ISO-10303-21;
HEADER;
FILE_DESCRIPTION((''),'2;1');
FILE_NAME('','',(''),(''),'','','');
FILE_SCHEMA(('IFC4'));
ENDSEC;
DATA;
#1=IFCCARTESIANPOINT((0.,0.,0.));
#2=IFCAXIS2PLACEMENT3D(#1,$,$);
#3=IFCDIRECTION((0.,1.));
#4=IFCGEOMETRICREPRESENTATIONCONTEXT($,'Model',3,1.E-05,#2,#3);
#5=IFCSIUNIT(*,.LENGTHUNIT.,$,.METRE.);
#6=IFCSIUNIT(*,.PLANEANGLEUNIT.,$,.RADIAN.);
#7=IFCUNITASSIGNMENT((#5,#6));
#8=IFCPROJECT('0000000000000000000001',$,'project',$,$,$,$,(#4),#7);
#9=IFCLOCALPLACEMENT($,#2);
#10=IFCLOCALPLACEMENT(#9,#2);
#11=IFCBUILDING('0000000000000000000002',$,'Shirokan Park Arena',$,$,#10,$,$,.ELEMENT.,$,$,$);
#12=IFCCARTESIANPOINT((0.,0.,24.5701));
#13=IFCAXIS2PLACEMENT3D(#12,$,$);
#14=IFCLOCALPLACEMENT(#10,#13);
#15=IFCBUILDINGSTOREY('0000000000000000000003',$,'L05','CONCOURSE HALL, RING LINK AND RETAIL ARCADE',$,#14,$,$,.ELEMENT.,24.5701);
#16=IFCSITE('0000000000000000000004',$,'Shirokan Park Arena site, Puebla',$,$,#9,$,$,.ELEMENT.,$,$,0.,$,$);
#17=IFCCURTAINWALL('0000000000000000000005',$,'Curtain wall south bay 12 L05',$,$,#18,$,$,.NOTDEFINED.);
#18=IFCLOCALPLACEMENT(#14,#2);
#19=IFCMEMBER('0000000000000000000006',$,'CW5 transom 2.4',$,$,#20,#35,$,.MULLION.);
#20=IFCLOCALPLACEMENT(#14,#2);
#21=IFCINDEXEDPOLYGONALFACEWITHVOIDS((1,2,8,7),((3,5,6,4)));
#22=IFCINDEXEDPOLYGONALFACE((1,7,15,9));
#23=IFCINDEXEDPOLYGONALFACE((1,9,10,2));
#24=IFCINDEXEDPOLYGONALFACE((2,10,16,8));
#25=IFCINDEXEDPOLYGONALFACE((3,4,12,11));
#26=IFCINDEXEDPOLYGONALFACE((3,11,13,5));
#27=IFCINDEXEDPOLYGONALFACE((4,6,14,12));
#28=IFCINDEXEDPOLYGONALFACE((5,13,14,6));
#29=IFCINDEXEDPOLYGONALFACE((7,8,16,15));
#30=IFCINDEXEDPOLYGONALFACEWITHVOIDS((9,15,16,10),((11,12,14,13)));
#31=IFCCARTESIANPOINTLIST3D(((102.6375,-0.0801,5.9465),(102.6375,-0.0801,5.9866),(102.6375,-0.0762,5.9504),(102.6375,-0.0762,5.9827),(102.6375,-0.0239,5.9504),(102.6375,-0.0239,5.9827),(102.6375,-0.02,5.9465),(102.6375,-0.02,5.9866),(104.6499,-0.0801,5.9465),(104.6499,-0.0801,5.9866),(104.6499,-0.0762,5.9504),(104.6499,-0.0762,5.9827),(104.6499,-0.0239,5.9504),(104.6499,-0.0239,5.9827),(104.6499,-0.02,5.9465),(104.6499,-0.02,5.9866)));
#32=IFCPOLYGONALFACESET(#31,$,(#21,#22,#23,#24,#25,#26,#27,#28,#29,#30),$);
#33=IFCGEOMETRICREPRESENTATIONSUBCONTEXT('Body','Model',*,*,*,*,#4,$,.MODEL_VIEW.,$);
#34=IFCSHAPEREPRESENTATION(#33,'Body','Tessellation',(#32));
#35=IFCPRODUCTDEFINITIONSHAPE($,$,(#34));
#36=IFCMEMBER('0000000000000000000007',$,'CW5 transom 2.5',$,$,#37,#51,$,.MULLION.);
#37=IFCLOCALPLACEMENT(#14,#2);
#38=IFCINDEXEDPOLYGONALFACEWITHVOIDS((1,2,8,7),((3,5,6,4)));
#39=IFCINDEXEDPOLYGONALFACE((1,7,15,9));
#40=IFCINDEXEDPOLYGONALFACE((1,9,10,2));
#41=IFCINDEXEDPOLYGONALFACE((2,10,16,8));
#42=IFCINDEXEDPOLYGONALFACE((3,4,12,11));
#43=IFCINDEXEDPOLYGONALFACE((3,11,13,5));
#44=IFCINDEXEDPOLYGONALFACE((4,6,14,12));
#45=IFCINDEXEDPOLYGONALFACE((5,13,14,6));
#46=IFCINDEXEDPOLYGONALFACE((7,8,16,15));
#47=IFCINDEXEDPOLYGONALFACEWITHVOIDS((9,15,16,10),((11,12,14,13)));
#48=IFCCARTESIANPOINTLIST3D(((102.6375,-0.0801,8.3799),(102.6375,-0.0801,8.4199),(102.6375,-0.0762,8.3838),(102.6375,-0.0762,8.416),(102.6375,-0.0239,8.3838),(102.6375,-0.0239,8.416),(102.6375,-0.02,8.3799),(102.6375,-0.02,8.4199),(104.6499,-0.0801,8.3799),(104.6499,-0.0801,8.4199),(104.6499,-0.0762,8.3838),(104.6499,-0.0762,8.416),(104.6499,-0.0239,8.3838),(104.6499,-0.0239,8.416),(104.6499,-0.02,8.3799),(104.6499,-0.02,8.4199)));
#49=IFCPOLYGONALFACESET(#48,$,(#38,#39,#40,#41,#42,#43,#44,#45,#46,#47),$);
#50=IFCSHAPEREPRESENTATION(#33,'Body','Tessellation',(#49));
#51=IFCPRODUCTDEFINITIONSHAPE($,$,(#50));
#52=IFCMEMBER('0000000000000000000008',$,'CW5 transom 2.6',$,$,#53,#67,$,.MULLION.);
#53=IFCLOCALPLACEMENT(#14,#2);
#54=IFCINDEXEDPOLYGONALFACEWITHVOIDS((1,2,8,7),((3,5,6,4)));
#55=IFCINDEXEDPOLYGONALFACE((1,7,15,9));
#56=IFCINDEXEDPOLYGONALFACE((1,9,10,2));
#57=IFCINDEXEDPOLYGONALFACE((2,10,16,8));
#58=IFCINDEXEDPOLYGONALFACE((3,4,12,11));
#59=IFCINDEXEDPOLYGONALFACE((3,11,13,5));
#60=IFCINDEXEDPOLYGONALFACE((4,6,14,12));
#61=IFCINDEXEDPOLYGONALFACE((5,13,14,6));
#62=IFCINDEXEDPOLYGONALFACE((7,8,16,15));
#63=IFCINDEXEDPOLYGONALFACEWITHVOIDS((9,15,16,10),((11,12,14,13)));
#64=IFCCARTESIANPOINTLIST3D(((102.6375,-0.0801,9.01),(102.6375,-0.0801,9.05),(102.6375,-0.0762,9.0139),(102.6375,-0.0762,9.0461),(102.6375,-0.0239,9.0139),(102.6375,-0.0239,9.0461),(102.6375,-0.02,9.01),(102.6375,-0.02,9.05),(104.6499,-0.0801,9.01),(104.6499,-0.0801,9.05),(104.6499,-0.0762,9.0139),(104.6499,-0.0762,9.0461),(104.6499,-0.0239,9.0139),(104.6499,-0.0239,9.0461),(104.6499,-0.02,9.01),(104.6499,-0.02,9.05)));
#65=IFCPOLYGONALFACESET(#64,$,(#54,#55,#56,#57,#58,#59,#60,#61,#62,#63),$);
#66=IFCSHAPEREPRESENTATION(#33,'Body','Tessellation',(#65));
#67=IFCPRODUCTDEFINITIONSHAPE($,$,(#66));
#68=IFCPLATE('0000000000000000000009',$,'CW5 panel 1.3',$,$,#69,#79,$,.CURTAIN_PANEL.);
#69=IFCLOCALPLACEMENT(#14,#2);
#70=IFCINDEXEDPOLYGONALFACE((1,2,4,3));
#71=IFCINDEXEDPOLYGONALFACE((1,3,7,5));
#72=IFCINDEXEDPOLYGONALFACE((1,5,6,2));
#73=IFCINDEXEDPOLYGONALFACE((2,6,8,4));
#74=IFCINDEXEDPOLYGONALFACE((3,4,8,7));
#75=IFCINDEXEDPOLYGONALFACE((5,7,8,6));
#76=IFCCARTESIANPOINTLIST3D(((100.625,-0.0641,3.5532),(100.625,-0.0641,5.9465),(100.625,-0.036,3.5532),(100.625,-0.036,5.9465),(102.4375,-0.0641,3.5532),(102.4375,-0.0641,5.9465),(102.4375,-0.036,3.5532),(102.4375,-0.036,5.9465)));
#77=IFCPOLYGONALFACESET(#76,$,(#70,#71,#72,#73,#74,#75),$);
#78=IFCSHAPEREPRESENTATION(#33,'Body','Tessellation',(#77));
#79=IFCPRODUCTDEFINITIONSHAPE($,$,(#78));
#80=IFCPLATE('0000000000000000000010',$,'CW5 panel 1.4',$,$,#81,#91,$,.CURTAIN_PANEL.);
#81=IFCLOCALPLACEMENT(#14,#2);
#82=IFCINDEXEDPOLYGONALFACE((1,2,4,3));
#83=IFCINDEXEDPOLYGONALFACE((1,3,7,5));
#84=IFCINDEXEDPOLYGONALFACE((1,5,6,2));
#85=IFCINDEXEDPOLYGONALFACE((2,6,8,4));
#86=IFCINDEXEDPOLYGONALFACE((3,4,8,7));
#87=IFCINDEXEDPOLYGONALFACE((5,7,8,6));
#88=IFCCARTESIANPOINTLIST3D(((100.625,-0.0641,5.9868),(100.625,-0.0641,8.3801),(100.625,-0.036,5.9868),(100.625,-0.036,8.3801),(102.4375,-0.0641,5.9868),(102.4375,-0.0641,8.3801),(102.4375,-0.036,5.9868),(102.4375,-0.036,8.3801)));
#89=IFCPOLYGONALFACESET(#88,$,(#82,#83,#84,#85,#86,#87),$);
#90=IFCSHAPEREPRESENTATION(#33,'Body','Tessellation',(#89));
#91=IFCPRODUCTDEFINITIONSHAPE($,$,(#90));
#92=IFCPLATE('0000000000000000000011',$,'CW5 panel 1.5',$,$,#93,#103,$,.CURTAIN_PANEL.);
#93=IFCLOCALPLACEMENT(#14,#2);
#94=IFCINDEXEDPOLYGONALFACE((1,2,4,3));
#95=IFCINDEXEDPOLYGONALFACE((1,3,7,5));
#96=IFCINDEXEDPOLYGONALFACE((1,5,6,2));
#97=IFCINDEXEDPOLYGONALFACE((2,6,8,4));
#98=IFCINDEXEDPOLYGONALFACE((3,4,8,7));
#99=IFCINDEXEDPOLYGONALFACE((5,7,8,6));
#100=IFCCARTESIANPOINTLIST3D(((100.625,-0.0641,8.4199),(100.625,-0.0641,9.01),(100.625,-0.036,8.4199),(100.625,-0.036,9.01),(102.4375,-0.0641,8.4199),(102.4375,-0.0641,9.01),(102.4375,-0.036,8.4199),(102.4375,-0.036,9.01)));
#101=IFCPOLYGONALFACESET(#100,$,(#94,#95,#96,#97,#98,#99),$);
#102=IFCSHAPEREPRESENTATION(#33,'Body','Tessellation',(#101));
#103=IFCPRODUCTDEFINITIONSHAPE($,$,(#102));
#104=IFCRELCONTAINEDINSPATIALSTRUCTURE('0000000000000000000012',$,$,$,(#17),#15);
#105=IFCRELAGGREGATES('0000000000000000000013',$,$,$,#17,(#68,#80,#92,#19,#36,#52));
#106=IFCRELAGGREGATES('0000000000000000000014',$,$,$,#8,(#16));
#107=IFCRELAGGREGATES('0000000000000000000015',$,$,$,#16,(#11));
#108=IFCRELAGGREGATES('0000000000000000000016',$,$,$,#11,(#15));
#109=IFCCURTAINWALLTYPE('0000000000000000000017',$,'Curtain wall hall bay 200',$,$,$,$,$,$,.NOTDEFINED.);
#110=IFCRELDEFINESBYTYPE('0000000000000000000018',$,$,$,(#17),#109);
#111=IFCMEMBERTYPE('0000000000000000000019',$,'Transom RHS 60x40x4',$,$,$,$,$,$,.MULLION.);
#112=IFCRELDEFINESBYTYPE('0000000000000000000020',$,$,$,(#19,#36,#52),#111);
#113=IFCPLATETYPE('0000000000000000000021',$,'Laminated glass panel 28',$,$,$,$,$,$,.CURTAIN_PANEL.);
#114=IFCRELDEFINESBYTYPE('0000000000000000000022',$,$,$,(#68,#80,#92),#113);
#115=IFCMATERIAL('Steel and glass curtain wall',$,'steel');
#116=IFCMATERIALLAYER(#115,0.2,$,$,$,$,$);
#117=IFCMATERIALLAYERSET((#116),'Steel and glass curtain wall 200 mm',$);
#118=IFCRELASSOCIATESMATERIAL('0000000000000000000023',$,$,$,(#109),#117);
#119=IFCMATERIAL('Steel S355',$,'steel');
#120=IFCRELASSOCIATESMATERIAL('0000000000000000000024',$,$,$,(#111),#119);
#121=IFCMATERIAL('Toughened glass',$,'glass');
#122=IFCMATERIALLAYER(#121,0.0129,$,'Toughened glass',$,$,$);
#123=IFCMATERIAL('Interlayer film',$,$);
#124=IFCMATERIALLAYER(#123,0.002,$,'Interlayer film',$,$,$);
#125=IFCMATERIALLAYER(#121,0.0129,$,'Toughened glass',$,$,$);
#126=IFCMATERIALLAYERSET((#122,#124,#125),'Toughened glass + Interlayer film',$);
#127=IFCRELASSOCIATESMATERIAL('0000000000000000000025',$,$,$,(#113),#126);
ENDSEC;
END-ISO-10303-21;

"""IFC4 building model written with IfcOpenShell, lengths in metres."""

from ifc_helpers import new_model, si_unit, direction, frame, origin, origin_2d, place, context, subcontext, project, spatial, rectangle, hollow_rectangle, extrude, material, layer, layer_set, material_profile, profile_set, type_object, element, aggregate, save


model = new_model("IFC4")

# Units and contexts
model_context = context("Model", 3, precision=1e-05, world=origin(), true_north=direction((0.0, 1.0)))
body_context = subcontext(model_context, "Body", "Model", "MODEL_VIEW")
ifc_project = project(units=[si_unit("LENGTHUNIT", "METRE"), si_unit("PLANEANGLEUNIT", "RADIAN")], contexts=[model_context])

# Site, building, storey
site_placement = place(None, origin())
site = spatial("IfcSite", under=ifc_project, at=site_placement, Name="Shirokan Park Arena site, Puebla", CompositionType="ELEMENT", RefElevation=0.0)
building_placement = place(site_placement, origin())
building = spatial("IfcBuilding", under=site, at=building_placement, Name="Shirokan Park Arena", CompositionType="ELEMENT")
storey_placement = place(building_placement, frame((0.0, 0.0, 24.5701)))
storey = spatial("IfcBuildingStorey", under=building, at=storey_placement, Name="L05", Description="CONCOURSE HALL, RING LINK AND RETAIL ARCADE", CompositionType="ELEMENT", Elevation=24.5701)

# Curtain wall
ifc_material_1 = material(Name="Steel and glass curtain wall", Category="steel")
ifc_layer_1 = layer(ifc_material_1, 0.2)
ifc_layer_set_1 = layer_set([ifc_layer_1], Name="Steel and glass curtain wall 200 mm")
curtain_wall_type = type_object("IfcCurtainWallType", Name="Curtain wall hall bay 200", PredefinedType="NOTDEFINED", material=ifc_layer_set_1)
curtain_wall_placement = place(storey_placement, origin())
curtain_wall = element("IfcCurtainWall", 1, at=curtain_wall_placement, inside=storey, type_object=curtain_wall_type, Name="Curtain wall south bay 12 L05", PredefinedType="NOTDEFINED")
ifc_material_2 = material(Name="Steel S355", Category="steel")

# Members
ifc_material_profile_1 = material_profile(ifc_material_2, hollow_rectangle(XDim=0.0601, YDim=0.04, WallThickness=0.0039, at=origin_2d()), Name="RHS 60x40x4")
ifc_profile_set_1 = profile_set([ifc_material_profile_1], Name="Steel S355")
member_type_1 = type_object("IfcMemberType", Name="Transom RHS 60x40x4", PredefinedType="MULLION", material=ifc_profile_set_1)
member_1_placement = place(storey_placement, frame((102.6375, -0.05, 5.9666), z_axis=(1.0, 0.0, 0.0), x_axis=(0.0, 1.0, 0.0)))
member_1 = element("IfcMember", 2, at=member_1_placement, type_object=member_type_1, Name="CW5 transom 2.4", PredefinedType="MULLION", context=body_context, shape_type="SweptSolid", body=[
    extrude(hollow_rectangle(XDim=0.0601, YDim=0.04, WallThickness=0.0039, at=origin_2d()), origin(), (0.0, 0.0, 1.0), 2.0125),
])
member_2_placement = place(storey_placement, frame((102.6375, -0.05, 8.3999), z_axis=(1.0, 0.0, 0.0), x_axis=(0.0, 1.0, 0.0)))
member_2 = element("IfcMember", 3, at=member_2_placement, type_object=member_type_1, Name="CW5 transom 2.5", PredefinedType="MULLION", context=body_context, shape_type="SweptSolid", body=[
    extrude(hollow_rectangle(XDim=0.0601, YDim=0.04, WallThickness=0.0039, at=origin_2d()), origin(), (0.0, 0.0, 1.0), 2.0125),
])
member_3_placement = place(storey_placement, frame((102.6375, -0.05, 9.03), z_axis=(1.0, 0.0, 0.0), x_axis=(0.0, 1.0, 0.0)))
member_3 = element("IfcMember", 4, at=member_3_placement, type_object=member_type_1, Name="CW5 transom 2.6", PredefinedType="MULLION", context=body_context, shape_type="SweptSolid", body=[
    extrude(hollow_rectangle(XDim=0.0601, YDim=0.04, WallThickness=0.0039, at=origin_2d()), origin(), (0.0, 0.0, 1.0), 2.0125),
])

# Plates
ifc_material_3 = material(Name="Toughened glass", Category="glass")
ifc_layer_2 = layer(ifc_material_3, 0.0129, Name="Toughened glass")
ifc_material_4 = material(Name="Interlayer film")
ifc_layer_3 = layer(ifc_material_4, 0.002, Name="Interlayer film")
ifc_layer_4 = layer(ifc_material_3, 0.0129, Name="Toughened glass")
ifc_layer_set_2 = layer_set([ifc_layer_2, ifc_layer_3, ifc_layer_4], Name="Toughened glass + Interlayer film")
plate_type = type_object("IfcPlateType", Name="Laminated glass panel 28", PredefinedType="CURTAIN_PANEL", material=ifc_layer_set_2)
plate_1_placement = place(storey_placement, frame((101.5312, -0.05, 3.5532), z_axis=(0.0, 0.0, 1.0), x_axis=(1.0, 0.0, 0.0)))
plate_1 = element("IfcPlate", 5, at=plate_1_placement, type_object=plate_type, Name="CW5 panel 1.3", PredefinedType="CURTAIN_PANEL", context=body_context, shape_type="SweptSolid", body=[
    extrude(rectangle(XDim=1.8125, YDim=0.0281, at=origin_2d()), origin(), (0.0, 0.0, 1.0), 2.3933),
])
plate_2_placement = place(storey_placement, frame((101.5312, -0.05, 5.9868), z_axis=(0.0, 0.0, 1.0), x_axis=(1.0, 0.0, 0.0)))
plate_2 = element("IfcPlate", 6, at=plate_2_placement, type_object=plate_type, Name="CW5 panel 1.4", PredefinedType="CURTAIN_PANEL", context=body_context, shape_type="SweptSolid", body=[
    extrude(rectangle(XDim=1.8125, YDim=0.0281, at=origin_2d()), origin(), (0.0, 0.0, 1.0), 2.3933),
])
plate_3_placement = place(storey_placement, frame((101.5312, -0.05, 8.4199), z_axis=(0.0, 0.0, 1.0), x_axis=(1.0, 0.0, 0.0)))
plate_3 = element("IfcPlate", 7, at=plate_3_placement, type_object=plate_type, Name="CW5 panel 1.5", PredefinedType="CURTAIN_PANEL", context=body_context, shape_type="SweptSolid", body=[
    extrude(rectangle(XDim=1.8125, YDim=0.0281, at=origin_2d()), origin(), (0.0, 0.0, 1.0), 0.5901),
])
aggregate(curtain_wall, [plate_1, plate_2, plate_3, member_1, member_2, member_3])

save(model, "model.ifc")
